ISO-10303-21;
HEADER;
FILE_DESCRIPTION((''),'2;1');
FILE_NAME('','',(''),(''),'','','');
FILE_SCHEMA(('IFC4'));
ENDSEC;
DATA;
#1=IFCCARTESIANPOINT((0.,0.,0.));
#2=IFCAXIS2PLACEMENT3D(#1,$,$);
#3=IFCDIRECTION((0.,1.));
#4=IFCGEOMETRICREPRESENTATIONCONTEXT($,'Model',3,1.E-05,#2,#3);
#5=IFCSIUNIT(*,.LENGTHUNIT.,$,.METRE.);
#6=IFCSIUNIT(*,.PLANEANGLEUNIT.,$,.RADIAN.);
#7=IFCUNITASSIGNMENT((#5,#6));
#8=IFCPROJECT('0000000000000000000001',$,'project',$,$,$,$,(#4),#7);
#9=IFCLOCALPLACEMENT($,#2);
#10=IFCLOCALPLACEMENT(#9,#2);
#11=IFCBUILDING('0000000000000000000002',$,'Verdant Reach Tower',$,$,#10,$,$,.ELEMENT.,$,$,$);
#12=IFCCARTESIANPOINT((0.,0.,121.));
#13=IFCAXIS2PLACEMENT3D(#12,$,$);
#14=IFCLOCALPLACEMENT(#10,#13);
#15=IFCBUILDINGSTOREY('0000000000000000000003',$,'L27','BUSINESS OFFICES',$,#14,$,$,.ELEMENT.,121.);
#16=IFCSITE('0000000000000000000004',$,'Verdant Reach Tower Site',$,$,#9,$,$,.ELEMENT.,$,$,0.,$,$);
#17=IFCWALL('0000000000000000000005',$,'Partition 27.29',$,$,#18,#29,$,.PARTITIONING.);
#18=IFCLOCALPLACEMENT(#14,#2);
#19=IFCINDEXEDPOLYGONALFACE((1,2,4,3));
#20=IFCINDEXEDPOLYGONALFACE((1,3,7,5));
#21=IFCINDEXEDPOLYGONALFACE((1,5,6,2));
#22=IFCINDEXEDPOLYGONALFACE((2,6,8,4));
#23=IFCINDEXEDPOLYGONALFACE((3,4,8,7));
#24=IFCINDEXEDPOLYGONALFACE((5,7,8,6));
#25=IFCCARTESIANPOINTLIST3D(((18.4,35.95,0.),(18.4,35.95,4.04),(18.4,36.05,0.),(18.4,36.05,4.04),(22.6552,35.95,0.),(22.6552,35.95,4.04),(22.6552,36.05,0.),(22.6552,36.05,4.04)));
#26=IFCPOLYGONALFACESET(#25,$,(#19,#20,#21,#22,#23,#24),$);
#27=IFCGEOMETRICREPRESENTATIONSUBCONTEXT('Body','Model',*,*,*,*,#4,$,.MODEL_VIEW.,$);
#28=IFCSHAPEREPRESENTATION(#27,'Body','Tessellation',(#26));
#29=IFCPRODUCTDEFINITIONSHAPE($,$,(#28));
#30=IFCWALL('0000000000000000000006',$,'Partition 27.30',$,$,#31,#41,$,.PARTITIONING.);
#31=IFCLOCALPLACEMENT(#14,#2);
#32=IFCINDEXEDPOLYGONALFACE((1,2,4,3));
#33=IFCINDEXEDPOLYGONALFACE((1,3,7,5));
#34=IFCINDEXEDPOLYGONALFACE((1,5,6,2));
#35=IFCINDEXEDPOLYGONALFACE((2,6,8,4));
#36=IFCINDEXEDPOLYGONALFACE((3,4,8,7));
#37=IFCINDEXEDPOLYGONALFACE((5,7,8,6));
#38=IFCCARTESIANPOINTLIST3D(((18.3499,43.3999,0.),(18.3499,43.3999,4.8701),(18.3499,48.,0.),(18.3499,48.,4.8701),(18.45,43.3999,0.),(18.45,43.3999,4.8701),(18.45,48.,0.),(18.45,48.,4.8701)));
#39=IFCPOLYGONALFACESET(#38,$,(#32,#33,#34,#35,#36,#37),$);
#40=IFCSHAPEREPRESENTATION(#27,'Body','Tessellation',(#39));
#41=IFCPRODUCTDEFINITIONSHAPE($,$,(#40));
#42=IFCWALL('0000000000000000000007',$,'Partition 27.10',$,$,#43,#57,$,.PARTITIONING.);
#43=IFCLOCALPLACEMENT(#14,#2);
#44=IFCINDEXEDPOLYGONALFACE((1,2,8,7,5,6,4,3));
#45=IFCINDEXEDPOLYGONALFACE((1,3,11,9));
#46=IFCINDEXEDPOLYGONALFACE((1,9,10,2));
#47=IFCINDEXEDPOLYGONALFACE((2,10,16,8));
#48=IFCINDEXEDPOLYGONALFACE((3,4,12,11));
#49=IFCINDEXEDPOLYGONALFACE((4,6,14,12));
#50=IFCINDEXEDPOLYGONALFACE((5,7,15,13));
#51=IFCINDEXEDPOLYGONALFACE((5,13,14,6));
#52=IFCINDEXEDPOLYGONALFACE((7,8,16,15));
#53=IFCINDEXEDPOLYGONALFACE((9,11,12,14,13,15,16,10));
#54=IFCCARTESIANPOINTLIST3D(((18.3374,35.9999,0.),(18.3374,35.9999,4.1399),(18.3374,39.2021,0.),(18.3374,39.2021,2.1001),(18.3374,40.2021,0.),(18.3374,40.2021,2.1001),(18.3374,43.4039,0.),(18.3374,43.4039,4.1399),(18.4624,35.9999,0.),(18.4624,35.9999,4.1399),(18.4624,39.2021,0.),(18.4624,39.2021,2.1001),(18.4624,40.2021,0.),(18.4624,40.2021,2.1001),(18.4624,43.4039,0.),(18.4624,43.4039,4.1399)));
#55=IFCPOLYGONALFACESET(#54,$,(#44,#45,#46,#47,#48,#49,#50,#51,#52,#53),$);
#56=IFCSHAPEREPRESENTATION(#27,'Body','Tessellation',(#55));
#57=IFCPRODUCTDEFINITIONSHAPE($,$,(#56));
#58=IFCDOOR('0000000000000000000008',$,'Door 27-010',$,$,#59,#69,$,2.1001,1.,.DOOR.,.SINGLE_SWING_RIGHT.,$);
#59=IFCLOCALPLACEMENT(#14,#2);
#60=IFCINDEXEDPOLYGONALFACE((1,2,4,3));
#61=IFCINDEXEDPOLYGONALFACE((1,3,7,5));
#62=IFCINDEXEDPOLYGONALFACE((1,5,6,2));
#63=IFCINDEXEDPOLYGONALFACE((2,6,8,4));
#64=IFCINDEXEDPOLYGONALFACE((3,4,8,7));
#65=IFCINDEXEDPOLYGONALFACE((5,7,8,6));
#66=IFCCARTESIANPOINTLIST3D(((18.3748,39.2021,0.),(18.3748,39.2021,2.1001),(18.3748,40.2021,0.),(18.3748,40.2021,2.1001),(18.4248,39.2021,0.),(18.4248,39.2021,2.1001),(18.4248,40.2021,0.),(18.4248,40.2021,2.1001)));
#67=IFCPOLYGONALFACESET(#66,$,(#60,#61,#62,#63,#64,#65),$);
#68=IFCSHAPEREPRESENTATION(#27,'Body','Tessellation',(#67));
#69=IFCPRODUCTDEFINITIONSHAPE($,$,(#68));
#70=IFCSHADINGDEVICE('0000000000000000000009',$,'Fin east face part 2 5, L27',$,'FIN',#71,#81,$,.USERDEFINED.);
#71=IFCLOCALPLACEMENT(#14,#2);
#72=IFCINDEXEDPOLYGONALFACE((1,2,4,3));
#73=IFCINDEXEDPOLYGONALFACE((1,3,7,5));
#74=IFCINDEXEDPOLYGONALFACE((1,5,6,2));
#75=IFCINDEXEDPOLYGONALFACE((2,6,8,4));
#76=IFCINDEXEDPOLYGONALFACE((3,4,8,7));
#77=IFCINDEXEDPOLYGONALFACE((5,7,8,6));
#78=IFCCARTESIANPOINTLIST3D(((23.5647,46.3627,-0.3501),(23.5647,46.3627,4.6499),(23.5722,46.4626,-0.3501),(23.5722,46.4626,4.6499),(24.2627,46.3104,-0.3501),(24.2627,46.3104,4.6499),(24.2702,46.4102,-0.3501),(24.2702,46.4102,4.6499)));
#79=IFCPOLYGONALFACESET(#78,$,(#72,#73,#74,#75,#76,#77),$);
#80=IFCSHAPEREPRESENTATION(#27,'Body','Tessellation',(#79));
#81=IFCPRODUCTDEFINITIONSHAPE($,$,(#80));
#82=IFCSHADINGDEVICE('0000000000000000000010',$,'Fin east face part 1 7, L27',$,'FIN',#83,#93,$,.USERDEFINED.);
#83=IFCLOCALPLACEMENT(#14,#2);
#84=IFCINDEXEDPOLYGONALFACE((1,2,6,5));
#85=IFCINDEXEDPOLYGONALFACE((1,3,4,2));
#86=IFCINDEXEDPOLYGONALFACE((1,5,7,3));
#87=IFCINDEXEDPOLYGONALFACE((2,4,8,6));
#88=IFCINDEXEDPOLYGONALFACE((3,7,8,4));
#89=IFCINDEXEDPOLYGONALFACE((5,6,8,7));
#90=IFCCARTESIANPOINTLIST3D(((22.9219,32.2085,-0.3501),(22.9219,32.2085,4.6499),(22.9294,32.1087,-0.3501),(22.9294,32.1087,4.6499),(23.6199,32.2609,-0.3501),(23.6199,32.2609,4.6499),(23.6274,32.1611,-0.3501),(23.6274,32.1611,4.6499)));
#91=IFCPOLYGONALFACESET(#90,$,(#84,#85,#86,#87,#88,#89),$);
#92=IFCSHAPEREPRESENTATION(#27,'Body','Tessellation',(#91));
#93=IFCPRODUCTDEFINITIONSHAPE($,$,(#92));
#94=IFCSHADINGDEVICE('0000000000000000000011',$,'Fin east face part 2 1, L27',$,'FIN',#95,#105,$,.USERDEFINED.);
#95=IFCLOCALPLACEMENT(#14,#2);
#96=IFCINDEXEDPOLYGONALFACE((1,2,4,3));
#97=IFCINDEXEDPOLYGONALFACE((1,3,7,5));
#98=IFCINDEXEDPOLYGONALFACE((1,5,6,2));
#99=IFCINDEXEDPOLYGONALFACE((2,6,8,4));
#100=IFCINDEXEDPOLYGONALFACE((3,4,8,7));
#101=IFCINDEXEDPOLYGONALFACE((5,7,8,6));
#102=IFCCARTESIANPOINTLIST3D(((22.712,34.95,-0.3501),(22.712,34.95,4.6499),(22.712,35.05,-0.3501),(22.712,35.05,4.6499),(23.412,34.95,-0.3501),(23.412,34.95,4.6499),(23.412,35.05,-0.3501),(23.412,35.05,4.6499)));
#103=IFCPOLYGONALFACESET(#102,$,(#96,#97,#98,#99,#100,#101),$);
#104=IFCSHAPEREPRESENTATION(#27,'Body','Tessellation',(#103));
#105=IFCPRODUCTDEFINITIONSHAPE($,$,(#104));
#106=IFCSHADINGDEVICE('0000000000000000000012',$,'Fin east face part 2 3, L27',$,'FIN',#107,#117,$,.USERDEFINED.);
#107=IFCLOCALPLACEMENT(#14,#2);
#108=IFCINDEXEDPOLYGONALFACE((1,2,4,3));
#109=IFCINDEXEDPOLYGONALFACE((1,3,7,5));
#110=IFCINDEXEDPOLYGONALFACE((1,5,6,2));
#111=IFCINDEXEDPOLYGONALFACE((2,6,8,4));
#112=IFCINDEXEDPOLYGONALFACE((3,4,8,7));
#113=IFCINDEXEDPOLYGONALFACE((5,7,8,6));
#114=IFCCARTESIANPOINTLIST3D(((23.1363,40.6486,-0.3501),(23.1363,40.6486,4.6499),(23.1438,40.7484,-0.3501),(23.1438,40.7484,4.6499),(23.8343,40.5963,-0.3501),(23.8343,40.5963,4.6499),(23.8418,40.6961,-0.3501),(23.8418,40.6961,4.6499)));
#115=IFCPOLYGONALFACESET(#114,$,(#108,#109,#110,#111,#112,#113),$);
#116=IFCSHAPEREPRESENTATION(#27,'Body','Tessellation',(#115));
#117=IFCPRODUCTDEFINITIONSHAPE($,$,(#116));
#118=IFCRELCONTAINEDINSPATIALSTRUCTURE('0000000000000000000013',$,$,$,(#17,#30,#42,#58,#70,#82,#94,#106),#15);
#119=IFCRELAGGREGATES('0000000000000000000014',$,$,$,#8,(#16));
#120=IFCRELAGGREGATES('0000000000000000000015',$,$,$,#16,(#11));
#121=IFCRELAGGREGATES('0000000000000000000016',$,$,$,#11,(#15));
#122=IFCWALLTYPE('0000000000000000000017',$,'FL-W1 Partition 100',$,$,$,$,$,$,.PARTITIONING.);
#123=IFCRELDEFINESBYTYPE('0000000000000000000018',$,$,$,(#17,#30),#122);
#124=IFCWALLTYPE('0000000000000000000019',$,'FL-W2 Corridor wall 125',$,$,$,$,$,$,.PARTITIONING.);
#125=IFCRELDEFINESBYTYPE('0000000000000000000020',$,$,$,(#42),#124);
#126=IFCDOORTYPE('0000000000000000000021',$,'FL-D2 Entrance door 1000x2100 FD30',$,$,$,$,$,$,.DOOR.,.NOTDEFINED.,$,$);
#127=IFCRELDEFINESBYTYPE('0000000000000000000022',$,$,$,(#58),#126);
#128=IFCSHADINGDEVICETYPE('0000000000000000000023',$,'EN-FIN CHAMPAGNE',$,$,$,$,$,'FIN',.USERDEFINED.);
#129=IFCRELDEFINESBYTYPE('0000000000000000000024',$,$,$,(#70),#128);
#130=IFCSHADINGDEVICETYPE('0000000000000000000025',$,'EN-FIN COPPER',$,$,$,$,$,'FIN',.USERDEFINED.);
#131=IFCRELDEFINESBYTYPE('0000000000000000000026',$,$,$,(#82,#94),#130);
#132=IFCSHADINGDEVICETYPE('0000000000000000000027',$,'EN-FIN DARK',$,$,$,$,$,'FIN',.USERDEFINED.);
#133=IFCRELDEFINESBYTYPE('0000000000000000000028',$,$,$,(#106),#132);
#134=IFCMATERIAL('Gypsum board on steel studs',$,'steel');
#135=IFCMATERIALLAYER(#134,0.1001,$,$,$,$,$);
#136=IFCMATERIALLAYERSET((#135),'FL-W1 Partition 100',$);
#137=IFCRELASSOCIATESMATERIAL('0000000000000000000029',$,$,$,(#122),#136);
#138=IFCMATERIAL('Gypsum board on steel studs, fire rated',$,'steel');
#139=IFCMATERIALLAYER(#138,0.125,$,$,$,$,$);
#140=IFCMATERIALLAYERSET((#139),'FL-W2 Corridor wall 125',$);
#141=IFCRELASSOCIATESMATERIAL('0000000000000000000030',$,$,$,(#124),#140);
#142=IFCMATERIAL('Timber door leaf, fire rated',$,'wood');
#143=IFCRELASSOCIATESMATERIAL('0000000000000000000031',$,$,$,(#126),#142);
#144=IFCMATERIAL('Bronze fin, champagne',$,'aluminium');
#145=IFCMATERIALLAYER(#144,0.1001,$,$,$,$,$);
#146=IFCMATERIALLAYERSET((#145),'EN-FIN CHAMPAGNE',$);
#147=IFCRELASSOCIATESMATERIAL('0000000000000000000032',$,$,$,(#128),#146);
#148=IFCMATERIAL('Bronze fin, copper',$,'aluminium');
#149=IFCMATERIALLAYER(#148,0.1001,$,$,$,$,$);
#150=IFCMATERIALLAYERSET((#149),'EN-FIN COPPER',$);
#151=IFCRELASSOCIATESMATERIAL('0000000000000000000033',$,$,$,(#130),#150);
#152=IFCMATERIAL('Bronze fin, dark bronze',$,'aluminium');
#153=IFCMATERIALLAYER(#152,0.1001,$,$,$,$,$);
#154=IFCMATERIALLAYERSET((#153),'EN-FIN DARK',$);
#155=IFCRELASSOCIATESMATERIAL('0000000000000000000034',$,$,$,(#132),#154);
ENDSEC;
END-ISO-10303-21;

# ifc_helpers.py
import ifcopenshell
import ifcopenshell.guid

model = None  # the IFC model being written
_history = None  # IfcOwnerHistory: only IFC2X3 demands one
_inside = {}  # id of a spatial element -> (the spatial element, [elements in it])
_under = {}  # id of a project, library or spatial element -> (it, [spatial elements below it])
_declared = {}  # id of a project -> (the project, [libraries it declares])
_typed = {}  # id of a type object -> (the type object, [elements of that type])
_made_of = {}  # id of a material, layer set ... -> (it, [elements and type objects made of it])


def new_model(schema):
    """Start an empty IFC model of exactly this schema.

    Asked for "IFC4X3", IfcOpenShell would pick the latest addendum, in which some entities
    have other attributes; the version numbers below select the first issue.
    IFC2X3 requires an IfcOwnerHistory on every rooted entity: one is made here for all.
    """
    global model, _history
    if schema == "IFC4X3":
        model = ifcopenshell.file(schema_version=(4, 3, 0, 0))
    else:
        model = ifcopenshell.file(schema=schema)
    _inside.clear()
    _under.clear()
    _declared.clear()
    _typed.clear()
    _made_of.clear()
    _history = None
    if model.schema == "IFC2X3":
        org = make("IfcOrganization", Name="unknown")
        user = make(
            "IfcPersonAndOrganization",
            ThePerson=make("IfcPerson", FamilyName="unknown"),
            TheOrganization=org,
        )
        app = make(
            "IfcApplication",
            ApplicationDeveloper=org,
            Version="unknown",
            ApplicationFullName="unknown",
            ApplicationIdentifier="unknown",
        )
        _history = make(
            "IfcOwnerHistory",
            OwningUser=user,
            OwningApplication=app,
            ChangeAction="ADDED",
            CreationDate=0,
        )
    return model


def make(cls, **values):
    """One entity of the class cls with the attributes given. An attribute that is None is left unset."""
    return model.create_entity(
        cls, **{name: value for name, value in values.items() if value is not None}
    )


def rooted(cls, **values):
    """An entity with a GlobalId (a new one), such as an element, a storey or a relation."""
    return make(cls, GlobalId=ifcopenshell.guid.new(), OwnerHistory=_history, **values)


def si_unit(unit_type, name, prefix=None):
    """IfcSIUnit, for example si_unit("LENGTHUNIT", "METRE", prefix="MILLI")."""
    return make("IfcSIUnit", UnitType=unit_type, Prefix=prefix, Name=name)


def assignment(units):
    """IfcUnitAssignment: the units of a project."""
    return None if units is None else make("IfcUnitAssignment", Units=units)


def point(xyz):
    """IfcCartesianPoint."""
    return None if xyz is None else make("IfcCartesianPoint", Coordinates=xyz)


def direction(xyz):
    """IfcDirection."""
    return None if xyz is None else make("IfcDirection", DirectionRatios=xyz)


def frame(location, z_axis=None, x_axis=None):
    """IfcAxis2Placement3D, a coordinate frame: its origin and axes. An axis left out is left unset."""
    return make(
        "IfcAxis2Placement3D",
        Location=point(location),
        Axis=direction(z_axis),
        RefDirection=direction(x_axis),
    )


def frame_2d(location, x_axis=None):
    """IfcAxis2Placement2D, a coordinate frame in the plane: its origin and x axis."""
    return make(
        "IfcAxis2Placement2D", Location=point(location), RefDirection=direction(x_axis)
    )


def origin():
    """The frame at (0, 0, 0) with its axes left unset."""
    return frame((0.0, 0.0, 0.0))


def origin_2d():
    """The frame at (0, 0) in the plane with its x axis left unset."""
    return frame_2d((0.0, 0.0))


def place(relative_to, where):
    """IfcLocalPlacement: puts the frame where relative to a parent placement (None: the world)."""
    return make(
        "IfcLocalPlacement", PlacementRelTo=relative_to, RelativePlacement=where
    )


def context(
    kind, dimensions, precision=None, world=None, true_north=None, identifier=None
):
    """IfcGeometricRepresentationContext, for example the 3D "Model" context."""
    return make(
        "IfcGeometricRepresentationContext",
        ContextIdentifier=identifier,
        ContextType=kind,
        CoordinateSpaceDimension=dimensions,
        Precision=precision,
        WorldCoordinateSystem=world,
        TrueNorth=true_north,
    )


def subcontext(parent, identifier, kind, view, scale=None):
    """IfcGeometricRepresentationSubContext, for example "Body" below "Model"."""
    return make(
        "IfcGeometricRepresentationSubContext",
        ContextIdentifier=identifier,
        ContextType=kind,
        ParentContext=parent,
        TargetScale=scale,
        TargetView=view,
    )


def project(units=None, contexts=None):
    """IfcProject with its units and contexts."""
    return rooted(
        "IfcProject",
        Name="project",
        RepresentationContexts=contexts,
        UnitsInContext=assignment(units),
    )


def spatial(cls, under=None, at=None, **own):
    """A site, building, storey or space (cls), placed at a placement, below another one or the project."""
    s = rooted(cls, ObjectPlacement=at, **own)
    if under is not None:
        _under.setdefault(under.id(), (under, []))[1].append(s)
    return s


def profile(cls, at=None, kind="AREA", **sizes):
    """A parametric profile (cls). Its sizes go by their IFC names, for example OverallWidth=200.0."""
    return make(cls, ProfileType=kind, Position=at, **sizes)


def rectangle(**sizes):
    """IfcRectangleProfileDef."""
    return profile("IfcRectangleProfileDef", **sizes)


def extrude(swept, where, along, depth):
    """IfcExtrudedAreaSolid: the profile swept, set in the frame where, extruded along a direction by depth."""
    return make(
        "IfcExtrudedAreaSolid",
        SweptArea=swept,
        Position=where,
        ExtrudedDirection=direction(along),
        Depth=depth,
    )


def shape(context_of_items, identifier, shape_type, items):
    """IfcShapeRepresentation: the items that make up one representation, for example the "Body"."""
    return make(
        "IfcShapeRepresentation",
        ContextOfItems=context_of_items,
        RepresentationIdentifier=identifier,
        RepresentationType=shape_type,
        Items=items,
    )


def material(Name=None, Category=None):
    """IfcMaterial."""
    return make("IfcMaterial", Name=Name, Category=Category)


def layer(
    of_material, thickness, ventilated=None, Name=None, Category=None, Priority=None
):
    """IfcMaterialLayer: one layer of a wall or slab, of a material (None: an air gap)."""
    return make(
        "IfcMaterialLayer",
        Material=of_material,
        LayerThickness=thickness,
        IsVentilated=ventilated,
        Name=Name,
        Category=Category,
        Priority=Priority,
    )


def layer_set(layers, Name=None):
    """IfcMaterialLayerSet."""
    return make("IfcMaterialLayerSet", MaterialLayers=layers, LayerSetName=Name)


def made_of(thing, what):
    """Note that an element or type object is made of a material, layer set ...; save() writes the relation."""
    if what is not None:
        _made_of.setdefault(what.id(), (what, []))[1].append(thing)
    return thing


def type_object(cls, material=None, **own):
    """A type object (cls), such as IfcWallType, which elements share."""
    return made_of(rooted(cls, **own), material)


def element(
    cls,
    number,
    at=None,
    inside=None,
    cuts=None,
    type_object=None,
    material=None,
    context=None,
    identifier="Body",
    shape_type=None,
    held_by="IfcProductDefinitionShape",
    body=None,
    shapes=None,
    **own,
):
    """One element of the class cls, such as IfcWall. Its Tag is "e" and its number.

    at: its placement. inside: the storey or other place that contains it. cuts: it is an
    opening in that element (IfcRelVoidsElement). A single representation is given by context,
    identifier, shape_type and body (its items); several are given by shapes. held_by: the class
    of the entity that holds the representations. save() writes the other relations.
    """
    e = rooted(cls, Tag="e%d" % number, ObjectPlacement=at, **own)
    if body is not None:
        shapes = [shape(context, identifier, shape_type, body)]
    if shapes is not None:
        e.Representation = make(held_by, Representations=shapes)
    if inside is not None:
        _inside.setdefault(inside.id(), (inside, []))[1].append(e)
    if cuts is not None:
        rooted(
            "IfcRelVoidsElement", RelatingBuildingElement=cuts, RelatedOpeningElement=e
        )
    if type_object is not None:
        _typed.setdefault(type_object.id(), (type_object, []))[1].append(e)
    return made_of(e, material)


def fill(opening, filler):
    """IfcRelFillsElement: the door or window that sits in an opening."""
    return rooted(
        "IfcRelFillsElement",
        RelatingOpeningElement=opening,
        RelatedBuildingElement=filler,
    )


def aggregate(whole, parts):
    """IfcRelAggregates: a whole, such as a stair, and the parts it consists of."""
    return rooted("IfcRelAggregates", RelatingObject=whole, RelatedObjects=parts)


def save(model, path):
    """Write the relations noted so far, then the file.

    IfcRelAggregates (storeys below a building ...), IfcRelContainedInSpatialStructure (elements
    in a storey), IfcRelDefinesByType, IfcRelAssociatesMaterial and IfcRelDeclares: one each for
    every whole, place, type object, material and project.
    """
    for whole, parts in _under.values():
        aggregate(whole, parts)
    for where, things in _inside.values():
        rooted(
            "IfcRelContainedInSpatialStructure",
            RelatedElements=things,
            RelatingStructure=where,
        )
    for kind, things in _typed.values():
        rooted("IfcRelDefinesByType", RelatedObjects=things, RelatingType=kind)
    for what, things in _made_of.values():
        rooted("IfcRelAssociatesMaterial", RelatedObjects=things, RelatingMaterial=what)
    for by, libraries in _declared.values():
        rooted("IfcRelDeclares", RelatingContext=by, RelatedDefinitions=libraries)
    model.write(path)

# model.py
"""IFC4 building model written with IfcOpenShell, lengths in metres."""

from ifc_helpers import new_model, si_unit, direction, frame, frame_2d, origin, origin_2d, place, context, subcontext, project, spatial, rectangle, extrude, material, layer, layer_set, type_object, element, fill, save


model = new_model("IFC4")

# Units and contexts
model_context = context("Model", 3, precision=1e-05, world=origin(), true_north=direction((0.0, 1.0)))
body_context = subcontext(model_context, "Body", "Model", "MODEL_VIEW")
ifc_project = project(units=[si_unit("LENGTHUNIT", "METRE"), si_unit("PLANEANGLEUNIT", "RADIAN")], contexts=[model_context])

# Site, building, storey
site_placement = place(None, origin())
site = spatial("IfcSite", under=ifc_project, at=site_placement, Name="Verdant Reach Tower Site", CompositionType="ELEMENT", RefElevation=0.0)
building_placement = place(site_placement, origin())
building = spatial("IfcBuilding", under=site, at=building_placement, Name="Verdant Reach Tower", CompositionType="ELEMENT")
storey_placement = place(building_placement, frame((0.0, 0.0, 121.0)))
storey = spatial("IfcBuildingStorey", under=building, at=storey_placement, Name="L27", Description="BUSINESS OFFICES", CompositionType="ELEMENT", Elevation=121.0)

# Walls
ifc_material_1 = material(Name="Gypsum board on steel studs", Category="steel")
ifc_layer_1 = layer(ifc_material_1, 0.1001)
ifc_layer_set_1 = layer_set([ifc_layer_1], Name="FL-W1 Partition 100")
wall_type_1 = type_object("IfcWallType", Name="FL-W1 Partition 100", PredefinedType="PARTITIONING", material=ifc_layer_set_1)
wall_1_placement = place(storey_placement, frame((22.655, 36.0, 0.0), z_axis=(0.0, 0.0, 1.0), x_axis=(-1.0, 0.0, 0.0)))
element("IfcWall", 1, at=wall_1_placement, inside=storey, type_object=wall_type_1, Name="Partition 27.29", PredefinedType="PARTITIONING", context=body_context, shape_type="SweptSolid", body=[
    extrude(rectangle(XDim=4.2551, YDim=0.1001, at=frame_2d((2.1274, 0.0))), origin(), (0.0, 0.0, 1.0), 4.04),
])
wall_2_placement = place(storey_placement, frame((18.3999, 48.0, 0.0), z_axis=(0.0, 0.0, 1.0), x_axis=(0.0, -1.0, 0.0)))
element("IfcWall", 2, at=wall_2_placement, inside=storey, type_object=wall_type_1, Name="Partition 27.30", PredefinedType="PARTITIONING", context=body_context, shape_type="SweptSolid", body=[
    extrude(rectangle(XDim=4.6001, YDim=0.1001, at=frame_2d((2.3, 0.0))), origin(), (0.0, 0.0, 1.0), 4.8701),
])

# Wall, opening, door
ifc_material_2 = material(Name="Gypsum board on steel studs, fire rated", Category="steel")
ifc_layer_2 = layer(ifc_material_2, 0.125)
ifc_layer_set_2 = layer_set([ifc_layer_2], Name="FL-W2 Corridor wall 125")
wall_type_2 = type_object("IfcWallType", Name="FL-W2 Corridor wall 125", PredefinedType="PARTITIONING", material=ifc_layer_set_2)
wall_3_placement = place(storey_placement, frame((18.3999, 43.4041, 0.0), z_axis=(0.0, 0.0, 1.0), x_axis=(0.0, -1.0, 0.0)))
wall_3 = element("IfcWall", 3, at=wall_3_placement, inside=storey, type_object=wall_type_2, Name="Partition 27.10", PredefinedType="PARTITIONING", context=body_context, shape_type="SweptSolid", body=[
    extrude(rectangle(XDim=7.4041, YDim=0.125, at=frame_2d((3.7021, 0.0))), origin(), (0.0, 0.0, 1.0), 4.1399),
])
opening_placement = place(wall_3_placement, frame((3.2019, 0.0, 0.0)))
opening = element("IfcOpeningElement", 4, at=opening_placement, cuts=wall_3, PredefinedType="OPENING", context=body_context, shape_type="SweptSolid", body=[
    extrude(rectangle(XDim=1.0, YDim=2.1001, at=frame_2d((0.5, 1.05))), frame((0.0, 0.0725, 0.0), z_axis=(0.0, -1.0, 0.0), x_axis=(1.0, 0.0, 0.0)), (0.0, 0.0, 1.0), 0.145),
])
ifc_material_3 = material(Name="Timber door leaf, fire rated", Category="wood")
door_type = type_object("IfcDoorType", Name="FL-D2 Entrance door 1000x2100 FD30", OperationType="NOTDEFINED", PredefinedType="DOOR", material=ifc_material_3)
door_placement = place(opening_placement, origin())
door = element("IfcDoor", 5, at=door_placement, inside=storey, type_object=door_type, Name="Door 27-010", OperationType="SINGLE_SWING_RIGHT", OverallHeight=2.1001, OverallWidth=1.0, PredefinedType="DOOR", context=body_context, shape_type="SweptSolid", body=[
    extrude(rectangle(XDim=1.0, YDim=2.1001, at=frame_2d((0.5, 1.05))), frame((0.0, 0.0249, 0.0), z_axis=(0.0, -1.0, 0.0), x_axis=(1.0, 0.0, 0.0)), (0.0, 0.0, 1.0), 0.05),
])
fill(opening, door)

# Shading devices
ifc_material_4 = material(Name="Bronze fin, champagne", Category="aluminium")
ifc_layer_3 = layer(ifc_material_4, 0.1001)
ifc_layer_set_3 = layer_set([ifc_layer_3], Name="EN-FIN CHAMPAGNE")
shading_device_type_1 = type_object("IfcShadingDeviceType", Name="EN-FIN CHAMPAGNE", ElementType="FIN", PredefinedType="USERDEFINED", material=ifc_layer_set_3)
shading_device_1_placement = place(storey_placement, frame((23.9175, 46.3865, -0.3501), z_axis=(0.0, 0.0, 1.0), x_axis=(0.07479, 0.997199, 0.0)))
element("IfcShadingDevice", 6, at=shading_device_1_placement, inside=storey, type_object=shading_device_type_1, Name="Fin east face part 2 5, L27", ObjectType="FIN", PredefinedType="USERDEFINED", context=body_context, shape_type="SweptSolid", body=[
    extrude(rectangle(XDim=0.1001, YDim=0.7, at=origin_2d()), origin(), (0.0, 0.0, 1.0), 5.0),
])
ifc_material_5 = material(Name="Bronze fin, copper", Category="aluminium")
ifc_layer_4 = layer(ifc_material_5, 0.1001)
ifc_layer_set_4 = layer_set([ifc_layer_4], Name="EN-FIN COPPER")
shading_device_type_2 = type_object("IfcShadingDeviceType", Name="EN-FIN COPPER", ElementType="FIN", PredefinedType="USERDEFINED", material=ifc_layer_set_4)
for number, where, z_axis, x_axis, name in (
    (7, (23.2747, 32.1848, -0.3501), (0.0, 0.0, 1.0), (-0.07479, 0.997199, 0.0), "Fin east face part 1 7, L27"),
    (8, (23.062, 35.0, -0.3501), (0.0, 0.0, 1.0), (0.0, 1.0, 0.0), "Fin east face part 2 1, L27"),
):
    element("IfcShadingDevice", number, at=place(storey_placement, frame(where, z_axis=z_axis, x_axis=x_axis)), inside=storey, type_object=shading_device_type_2, Name=name, ObjectType="FIN", PredefinedType="USERDEFINED", context=body_context, shape_type="SweptSolid", body=[
        extrude(rectangle(XDim=0.1001, YDim=0.7, at=origin_2d()), origin(), (0.0, 0.0, 1.0), 5.0),
    ])
ifc_material_6 = material(Name="Bronze fin, dark bronze", Category="aluminium")
ifc_layer_5 = layer(ifc_material_6, 0.1001)
ifc_layer_set_5 = layer_set([ifc_layer_5], Name="EN-FIN DARK")
shading_device_type_3 = type_object("IfcShadingDeviceType", Name="EN-FIN DARK", ElementType="FIN", PredefinedType="USERDEFINED", material=ifc_layer_set_5)
shading_device_2_placement = place(storey_placement, frame((23.489, 40.6724, -0.3501), z_axis=(0.0, 0.0, 1.0), x_axis=(0.07479, 0.997199, 0.0)))
element("IfcShadingDevice", 9, at=shading_device_2_placement, inside=storey, type_object=shading_device_type_3, Name="Fin east face part 2 3, L27", ObjectType="FIN", PredefinedType="USERDEFINED", context=body_context, shape_type="SweptSolid", body=[
    extrude(rectangle(XDim=0.1001, YDim=0.7, at=origin_2d()), origin(), (0.0, 0.0, 1.0), 5.0),
])

save(model, "model.ifc")
